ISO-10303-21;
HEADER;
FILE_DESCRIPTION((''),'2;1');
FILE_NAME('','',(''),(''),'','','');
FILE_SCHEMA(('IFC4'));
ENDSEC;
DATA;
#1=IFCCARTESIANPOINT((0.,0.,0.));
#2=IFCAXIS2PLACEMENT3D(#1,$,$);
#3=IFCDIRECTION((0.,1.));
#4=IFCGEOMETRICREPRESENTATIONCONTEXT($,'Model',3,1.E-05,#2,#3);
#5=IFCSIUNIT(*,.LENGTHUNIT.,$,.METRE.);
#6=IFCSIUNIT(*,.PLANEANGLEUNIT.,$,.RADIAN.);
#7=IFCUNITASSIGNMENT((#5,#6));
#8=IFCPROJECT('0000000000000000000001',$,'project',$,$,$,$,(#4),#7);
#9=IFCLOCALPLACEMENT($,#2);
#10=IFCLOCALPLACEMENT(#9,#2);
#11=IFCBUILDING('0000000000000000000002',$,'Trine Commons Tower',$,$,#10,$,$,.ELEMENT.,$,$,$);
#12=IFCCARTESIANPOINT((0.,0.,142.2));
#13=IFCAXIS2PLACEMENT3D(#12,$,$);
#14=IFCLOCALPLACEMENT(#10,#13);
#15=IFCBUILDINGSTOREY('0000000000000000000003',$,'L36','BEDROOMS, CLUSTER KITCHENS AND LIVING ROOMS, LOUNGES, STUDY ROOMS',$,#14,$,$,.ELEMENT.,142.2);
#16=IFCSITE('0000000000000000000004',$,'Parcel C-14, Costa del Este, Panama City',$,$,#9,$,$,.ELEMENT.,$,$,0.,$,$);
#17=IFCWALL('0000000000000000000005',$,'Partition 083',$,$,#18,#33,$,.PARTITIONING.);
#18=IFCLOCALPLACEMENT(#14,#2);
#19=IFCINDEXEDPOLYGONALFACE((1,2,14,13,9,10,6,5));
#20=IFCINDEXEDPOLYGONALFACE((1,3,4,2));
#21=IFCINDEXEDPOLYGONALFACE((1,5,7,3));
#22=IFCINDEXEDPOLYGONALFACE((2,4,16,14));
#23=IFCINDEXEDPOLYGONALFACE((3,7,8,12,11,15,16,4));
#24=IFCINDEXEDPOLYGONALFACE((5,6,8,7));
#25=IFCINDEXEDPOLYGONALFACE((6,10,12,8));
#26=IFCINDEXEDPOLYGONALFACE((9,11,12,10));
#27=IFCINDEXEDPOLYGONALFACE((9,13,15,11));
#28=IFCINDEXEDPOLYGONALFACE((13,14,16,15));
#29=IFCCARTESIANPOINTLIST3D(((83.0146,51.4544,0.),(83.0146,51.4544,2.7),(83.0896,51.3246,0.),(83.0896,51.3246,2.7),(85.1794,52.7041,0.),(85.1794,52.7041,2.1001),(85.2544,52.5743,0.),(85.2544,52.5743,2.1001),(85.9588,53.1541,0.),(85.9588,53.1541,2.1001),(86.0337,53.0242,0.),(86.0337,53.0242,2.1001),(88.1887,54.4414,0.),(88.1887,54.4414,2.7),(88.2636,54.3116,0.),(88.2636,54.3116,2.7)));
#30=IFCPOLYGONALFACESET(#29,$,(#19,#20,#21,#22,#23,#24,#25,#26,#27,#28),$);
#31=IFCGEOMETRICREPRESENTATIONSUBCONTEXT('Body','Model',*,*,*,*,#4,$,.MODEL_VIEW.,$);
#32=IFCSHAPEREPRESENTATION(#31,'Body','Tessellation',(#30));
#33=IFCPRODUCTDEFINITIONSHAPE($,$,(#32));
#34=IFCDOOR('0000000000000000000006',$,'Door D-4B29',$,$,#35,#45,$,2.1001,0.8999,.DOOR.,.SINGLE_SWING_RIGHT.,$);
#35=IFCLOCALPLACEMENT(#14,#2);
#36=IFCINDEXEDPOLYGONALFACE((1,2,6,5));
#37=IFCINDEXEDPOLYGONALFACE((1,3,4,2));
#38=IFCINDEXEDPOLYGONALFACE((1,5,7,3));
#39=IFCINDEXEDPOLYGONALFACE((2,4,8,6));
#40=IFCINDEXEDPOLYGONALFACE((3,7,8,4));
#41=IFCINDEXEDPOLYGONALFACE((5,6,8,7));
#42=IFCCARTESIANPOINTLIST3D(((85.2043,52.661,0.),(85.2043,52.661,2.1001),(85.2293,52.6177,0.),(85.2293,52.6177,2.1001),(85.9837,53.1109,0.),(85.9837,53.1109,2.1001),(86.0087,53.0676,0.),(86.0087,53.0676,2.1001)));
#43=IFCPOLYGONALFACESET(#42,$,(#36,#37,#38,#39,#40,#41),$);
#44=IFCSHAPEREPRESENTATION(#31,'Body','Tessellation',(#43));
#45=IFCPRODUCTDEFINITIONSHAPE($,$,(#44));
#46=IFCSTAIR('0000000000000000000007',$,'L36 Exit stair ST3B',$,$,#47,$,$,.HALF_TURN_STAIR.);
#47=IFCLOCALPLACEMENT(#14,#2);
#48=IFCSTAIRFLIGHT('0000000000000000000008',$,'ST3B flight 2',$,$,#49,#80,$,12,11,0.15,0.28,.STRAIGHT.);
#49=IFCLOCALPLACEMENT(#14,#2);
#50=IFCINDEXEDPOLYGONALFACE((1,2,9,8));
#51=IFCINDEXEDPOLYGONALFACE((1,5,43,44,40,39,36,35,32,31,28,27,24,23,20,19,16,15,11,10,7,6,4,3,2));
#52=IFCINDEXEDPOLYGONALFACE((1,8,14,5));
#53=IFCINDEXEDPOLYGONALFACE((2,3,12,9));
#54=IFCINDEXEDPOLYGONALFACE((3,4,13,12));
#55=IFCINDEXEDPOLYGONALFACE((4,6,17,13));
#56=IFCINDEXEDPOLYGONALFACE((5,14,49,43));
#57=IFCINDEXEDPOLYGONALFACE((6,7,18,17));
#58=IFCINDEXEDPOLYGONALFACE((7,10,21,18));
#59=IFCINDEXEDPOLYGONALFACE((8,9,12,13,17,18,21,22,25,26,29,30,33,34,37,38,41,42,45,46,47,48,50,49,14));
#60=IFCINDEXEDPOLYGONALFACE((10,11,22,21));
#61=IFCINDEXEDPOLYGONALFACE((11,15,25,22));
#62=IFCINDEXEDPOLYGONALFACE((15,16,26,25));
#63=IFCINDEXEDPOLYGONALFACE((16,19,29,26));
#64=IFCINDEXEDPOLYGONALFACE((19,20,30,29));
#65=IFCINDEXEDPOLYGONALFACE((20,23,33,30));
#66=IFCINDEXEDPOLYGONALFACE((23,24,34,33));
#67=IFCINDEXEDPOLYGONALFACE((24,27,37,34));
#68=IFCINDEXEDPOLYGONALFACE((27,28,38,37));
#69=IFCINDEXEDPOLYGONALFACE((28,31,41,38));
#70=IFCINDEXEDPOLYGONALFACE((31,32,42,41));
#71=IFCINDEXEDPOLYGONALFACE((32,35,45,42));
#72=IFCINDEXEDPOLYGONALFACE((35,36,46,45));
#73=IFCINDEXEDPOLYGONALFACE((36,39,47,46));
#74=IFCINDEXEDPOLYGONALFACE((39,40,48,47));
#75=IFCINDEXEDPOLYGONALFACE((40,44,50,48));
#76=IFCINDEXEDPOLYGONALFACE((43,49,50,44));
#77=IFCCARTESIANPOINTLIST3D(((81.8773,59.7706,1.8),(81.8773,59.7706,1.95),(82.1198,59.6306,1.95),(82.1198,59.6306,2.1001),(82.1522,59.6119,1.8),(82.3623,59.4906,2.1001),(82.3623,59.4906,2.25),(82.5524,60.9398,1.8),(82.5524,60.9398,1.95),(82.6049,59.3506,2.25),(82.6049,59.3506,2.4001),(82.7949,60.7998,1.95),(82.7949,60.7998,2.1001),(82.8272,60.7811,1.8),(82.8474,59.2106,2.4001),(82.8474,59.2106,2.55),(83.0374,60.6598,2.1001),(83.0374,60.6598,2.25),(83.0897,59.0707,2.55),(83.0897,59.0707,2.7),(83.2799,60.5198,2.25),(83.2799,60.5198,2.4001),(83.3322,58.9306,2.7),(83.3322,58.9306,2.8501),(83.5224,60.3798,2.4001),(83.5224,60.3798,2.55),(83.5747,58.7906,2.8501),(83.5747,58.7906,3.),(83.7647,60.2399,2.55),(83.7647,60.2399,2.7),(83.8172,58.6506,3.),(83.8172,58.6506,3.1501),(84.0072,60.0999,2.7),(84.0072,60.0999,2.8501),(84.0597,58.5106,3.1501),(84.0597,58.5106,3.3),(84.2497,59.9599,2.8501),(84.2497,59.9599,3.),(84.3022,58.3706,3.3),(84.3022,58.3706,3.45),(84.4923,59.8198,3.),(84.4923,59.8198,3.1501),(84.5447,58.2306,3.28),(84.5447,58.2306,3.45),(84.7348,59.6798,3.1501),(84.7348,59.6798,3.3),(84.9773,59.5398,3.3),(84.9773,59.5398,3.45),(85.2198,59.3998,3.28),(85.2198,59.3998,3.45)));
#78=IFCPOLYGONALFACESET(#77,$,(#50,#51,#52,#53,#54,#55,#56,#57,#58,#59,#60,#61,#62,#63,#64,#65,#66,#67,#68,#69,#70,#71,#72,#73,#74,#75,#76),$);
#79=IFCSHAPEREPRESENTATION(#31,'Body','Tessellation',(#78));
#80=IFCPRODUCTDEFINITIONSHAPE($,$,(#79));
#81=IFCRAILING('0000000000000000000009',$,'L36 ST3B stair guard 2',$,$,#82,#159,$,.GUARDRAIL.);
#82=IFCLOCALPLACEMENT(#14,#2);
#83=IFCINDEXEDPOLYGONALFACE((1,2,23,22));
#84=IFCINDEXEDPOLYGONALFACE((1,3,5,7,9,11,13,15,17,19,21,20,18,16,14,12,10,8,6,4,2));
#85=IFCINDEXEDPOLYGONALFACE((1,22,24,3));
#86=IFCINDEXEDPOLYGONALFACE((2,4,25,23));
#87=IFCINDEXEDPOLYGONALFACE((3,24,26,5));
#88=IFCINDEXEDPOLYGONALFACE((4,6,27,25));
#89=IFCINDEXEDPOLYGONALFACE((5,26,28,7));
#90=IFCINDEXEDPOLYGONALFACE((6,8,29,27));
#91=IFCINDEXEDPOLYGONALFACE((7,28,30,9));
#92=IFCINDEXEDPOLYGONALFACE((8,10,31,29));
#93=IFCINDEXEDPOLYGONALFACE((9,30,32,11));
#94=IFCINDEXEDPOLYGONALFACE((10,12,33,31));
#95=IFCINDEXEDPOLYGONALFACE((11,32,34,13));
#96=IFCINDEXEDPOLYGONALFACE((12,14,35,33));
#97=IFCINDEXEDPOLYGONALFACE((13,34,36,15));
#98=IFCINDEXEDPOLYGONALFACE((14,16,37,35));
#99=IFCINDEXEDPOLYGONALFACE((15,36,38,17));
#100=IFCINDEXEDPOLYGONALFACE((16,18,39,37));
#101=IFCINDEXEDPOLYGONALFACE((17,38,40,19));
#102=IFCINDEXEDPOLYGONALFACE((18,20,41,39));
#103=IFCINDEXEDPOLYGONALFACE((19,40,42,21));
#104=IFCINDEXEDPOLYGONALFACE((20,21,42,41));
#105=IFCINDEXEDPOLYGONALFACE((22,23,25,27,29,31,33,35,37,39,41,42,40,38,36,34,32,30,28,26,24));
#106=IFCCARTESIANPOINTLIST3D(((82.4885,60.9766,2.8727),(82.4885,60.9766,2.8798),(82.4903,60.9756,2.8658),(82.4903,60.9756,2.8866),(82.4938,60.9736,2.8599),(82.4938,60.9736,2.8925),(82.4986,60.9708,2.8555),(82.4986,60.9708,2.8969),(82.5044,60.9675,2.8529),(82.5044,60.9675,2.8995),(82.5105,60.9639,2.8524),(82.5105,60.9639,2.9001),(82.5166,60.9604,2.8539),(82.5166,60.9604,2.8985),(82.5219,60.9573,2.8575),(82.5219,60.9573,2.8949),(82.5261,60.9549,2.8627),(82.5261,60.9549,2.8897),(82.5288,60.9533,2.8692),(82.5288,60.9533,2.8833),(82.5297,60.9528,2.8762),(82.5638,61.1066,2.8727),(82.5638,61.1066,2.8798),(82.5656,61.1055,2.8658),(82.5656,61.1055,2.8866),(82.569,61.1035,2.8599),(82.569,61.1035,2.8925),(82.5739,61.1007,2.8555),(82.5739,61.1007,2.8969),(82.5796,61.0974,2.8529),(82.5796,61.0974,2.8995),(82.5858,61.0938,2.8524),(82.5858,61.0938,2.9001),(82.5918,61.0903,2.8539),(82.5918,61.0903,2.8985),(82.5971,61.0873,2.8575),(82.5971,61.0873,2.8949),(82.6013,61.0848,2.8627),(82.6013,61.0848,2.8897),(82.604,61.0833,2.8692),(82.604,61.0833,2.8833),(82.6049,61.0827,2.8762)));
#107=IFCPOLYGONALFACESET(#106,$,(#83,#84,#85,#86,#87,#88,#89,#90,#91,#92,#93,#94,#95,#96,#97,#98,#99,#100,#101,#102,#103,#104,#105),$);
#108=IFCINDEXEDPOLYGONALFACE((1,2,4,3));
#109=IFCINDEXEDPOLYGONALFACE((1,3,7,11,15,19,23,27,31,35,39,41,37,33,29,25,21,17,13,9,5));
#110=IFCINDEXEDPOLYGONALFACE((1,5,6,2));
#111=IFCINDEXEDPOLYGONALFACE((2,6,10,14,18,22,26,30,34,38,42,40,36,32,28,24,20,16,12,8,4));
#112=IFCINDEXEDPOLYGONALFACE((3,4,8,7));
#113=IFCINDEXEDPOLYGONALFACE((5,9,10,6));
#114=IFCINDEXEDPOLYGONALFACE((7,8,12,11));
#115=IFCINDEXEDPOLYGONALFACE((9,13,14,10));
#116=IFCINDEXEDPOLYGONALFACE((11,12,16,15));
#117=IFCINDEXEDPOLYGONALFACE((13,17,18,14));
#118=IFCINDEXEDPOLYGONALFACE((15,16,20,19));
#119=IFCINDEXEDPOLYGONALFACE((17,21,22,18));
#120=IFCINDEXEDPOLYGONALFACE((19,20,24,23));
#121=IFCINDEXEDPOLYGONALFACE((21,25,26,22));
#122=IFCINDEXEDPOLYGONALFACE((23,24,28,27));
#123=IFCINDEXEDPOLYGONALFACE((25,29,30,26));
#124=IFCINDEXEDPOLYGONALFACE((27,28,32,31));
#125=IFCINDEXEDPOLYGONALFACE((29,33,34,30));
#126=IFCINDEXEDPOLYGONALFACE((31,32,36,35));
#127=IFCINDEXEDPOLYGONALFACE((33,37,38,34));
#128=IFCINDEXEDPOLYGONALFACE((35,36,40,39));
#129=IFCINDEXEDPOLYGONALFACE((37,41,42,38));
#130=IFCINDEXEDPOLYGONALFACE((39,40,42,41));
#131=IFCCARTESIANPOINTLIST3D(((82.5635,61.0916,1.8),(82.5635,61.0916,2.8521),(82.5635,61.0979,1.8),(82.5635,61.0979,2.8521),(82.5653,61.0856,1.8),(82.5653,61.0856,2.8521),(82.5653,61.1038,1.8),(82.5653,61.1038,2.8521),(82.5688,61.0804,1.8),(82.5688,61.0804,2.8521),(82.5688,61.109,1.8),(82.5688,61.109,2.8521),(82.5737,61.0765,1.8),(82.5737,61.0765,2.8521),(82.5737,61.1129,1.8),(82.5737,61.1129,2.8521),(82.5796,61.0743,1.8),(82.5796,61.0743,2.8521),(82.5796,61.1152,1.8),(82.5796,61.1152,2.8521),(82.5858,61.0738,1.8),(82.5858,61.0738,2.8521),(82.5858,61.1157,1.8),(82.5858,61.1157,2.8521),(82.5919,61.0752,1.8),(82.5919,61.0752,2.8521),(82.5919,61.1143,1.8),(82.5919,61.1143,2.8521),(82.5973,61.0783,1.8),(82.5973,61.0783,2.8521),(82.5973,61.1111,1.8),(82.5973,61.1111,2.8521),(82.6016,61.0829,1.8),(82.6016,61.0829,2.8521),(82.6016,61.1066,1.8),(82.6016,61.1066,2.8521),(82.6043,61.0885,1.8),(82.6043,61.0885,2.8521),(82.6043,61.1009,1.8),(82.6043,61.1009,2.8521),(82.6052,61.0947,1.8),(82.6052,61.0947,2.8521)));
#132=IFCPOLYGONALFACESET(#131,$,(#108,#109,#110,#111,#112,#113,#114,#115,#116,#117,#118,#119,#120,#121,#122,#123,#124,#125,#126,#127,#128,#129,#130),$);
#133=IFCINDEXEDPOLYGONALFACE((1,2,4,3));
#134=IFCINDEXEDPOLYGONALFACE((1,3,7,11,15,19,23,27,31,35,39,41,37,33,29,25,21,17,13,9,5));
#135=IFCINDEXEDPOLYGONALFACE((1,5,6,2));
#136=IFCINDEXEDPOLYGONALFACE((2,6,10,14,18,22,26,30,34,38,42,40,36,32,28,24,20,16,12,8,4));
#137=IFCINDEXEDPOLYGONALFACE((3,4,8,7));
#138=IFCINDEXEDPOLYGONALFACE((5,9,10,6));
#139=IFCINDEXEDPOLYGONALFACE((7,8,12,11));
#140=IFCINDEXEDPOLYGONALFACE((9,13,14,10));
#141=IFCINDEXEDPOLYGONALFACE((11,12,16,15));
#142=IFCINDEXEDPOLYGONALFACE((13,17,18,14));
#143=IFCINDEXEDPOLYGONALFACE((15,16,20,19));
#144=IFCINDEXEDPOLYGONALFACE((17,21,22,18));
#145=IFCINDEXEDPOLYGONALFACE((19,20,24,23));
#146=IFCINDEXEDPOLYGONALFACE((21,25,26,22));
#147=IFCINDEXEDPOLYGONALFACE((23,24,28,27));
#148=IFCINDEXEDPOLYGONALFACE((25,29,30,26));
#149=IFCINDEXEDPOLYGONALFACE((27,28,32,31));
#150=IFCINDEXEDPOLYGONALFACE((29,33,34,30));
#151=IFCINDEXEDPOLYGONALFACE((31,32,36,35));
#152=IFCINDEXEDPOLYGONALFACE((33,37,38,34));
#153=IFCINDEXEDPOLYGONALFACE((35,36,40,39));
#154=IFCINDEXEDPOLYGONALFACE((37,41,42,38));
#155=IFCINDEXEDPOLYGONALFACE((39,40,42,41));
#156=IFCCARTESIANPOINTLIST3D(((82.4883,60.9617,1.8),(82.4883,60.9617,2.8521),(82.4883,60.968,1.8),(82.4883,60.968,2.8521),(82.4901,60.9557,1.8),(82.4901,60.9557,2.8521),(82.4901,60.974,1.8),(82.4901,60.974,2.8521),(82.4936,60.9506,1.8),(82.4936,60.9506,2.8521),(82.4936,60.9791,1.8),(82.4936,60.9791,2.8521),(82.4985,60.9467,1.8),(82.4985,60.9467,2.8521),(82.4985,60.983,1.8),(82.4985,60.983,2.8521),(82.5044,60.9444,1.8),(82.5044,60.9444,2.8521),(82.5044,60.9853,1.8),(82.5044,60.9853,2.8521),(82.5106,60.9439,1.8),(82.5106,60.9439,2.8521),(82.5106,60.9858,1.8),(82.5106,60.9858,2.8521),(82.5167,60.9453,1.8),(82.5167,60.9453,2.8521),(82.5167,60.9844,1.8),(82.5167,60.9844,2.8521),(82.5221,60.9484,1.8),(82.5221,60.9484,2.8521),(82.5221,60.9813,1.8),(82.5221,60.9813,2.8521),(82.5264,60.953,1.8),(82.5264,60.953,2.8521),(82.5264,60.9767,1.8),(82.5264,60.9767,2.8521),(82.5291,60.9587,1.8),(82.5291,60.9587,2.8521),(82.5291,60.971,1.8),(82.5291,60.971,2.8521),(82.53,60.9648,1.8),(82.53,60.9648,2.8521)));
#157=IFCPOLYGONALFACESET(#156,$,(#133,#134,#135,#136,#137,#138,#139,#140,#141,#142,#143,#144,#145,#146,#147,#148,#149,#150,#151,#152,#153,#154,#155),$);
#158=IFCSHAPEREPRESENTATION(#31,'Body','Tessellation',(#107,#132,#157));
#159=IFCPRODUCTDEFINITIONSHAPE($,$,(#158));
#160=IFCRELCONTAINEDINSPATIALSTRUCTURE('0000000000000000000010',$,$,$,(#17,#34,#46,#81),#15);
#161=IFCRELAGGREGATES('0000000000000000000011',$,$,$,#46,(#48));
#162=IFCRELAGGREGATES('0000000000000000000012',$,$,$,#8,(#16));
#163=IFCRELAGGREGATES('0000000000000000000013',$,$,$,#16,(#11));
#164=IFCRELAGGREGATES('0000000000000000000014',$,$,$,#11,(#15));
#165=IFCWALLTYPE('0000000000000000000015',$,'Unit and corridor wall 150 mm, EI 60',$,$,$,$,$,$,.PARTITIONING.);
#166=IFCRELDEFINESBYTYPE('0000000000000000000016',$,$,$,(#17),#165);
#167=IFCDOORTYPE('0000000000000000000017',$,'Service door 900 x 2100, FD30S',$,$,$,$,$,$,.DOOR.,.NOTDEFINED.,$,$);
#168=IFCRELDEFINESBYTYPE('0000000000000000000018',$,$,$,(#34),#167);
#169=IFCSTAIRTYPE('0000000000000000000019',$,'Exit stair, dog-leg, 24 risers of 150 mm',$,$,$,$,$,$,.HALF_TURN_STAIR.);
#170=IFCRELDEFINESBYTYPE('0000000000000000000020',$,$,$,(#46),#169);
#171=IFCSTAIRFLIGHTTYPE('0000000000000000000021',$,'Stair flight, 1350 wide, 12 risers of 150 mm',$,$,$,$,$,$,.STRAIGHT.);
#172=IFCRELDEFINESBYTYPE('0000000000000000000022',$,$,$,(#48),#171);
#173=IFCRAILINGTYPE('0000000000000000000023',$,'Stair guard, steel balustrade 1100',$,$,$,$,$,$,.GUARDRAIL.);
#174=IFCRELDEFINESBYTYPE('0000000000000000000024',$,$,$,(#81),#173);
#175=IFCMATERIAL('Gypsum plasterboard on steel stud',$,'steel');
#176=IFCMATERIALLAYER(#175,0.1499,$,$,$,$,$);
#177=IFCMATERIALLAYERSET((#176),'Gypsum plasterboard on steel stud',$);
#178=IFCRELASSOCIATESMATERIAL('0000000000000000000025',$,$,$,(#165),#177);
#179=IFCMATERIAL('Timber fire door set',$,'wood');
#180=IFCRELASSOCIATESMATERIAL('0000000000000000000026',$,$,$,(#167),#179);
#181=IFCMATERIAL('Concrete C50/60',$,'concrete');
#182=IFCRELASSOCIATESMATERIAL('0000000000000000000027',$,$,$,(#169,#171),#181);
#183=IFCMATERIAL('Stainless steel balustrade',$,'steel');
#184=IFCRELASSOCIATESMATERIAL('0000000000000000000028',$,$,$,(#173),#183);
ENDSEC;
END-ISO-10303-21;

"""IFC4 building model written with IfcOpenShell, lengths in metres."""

from ifc_helpers import new_model, si_unit, direction, frame, frame_2d, origin, origin_2d, place, context, subcontext, project, spatial, polyline, rectangle, circle, outline, extrude, material, layer, layer_set, type_object, element, fill, aggregate, save


model = new_model("IFC4")

# Units and contexts
model_context = context("Model", 3, precision=1e-05, world=origin(), true_north=direction((0.0, 1.0)))
body_context = subcontext(model_context, "Body", "Model", "MODEL_VIEW")
ifc_project = project(units=[si_unit("LENGTHUNIT", "METRE"), si_unit("PLANEANGLEUNIT", "RADIAN")], contexts=[model_context])

# Site, building, storey
site_placement = place(None, origin())
site = spatial("IfcSite", under=ifc_project, at=site_placement, Name="Parcel C-14, Costa del Este, Panama City", CompositionType="ELEMENT", RefElevation=0.0)
building_placement = place(site_placement, origin())
building = spatial("IfcBuilding", under=site, at=building_placement, Name="Trine Commons Tower", CompositionType="ELEMENT")
storey_placement = place(building_placement, frame((0.0, 0.0, 142.2)))
storey = spatial("IfcBuildingStorey", under=building, at=storey_placement, Name="L36", Description="BEDROOMS, CLUSTER KITCHENS AND LIVING ROOMS, LOUNGES, STUDY ROOMS", CompositionType="ELEMENT", Elevation=142.2)

# Shared definitions
ifc_material_1 = material(Name="Concrete C50/60", Category="concrete")

# Shared definitions
ifc_material_2 = material(Name="Gypsum plasterboard on steel stud", Category="steel")
ifc_layer_1 = layer(ifc_material_2, 0.1499)
ifc_layer_set_1 = layer_set([ifc_layer_1], Name="Gypsum plasterboard on steel stud")
wall_type_1 = type_object("IfcWallType", Name="Unit and corridor wall 150 mm, EI 60", PredefinedType="PARTITIONING", material=ifc_layer_set_1)

# Wall, opening, door
wall_1_placement = place(storey_placement, frame((83.052, 51.3894, 0.0), z_axis=(0.0, 0.0, 1.0), x_axis=(0.866039, 0.499976, 0.0)))
wall_1 = element("IfcWall", 1, at=wall_1_placement, inside=storey, type_object=wall_type_1, Name="Partition 083", PredefinedType="PARTITIONING", context=body_context, shape_type="SweptSolid", body=[
    extrude(rectangle(XDim=5.9744, YDim=0.1499, at=frame_2d((2.9873, 0.0))), origin(), (0.0, 0.0, 1.0), 2.7),
])
opening_1_placement = place(wall_1_placement, frame((2.4998, 0.0, 0.0)))
opening_1 = element("IfcOpeningElement", 2, at=opening_1_placement, cuts=wall_1, PredefinedType="OPENING", context=body_context, shape_type="SweptSolid", body=[
    extrude(rectangle(XDim=0.8999, YDim=2.1001, at=frame_2d((0.45, 1.05))), frame((0.0, 0.085, 0.0), z_axis=(0.0, -1.0, 0.0), x_axis=(1.0, 0.0, 0.0)), (0.0, 0.0, 1.0), 0.1699),
])
ifc_material_3 = material(Name="Timber fire door set", Category="wood")
door_type_1 = type_object("IfcDoorType", Name="Service door 900 x 2100, FD30S", OperationType="NOTDEFINED", PredefinedType="DOOR", material=ifc_material_3)
door_1_placement = place(opening_1_placement, frame((0.8999, 0.0, 0.0), z_axis=(0.0, 0.0, 1.0), x_axis=(-1.0, 0.0, 0.0)))
door_1 = element("IfcDoor", 3, at=door_1_placement, inside=storey, type_object=door_type_1, Name="Door D-4B29", OperationType="SINGLE_SWING_RIGHT", OverallHeight=2.1001, OverallWidth=0.8999, PredefinedType="DOOR", context=body_context, shape_type="SweptSolid", body=[
    extrude(rectangle(XDim=0.8999, YDim=2.1001, at=frame_2d((0.45, 1.05))), frame((0.0, 0.0249, 0.0), z_axis=(0.0, -1.0, 0.0), x_axis=(1.0, 0.0, 0.0)), (0.0, 0.0, 1.0), 0.05),
])
fill(opening_1, door_1)

# Stair, stair flight
stair_type = type_object("IfcStairType", Name="Exit stair, dog-leg, 24 risers of 150 mm", PredefinedType="HALF_TURN_STAIR", material=ifc_material_1)
stair_placement = place(storey_placement, origin())
stair = element("IfcStair", 4, at=stair_placement, inside=storey, type_object=stair_type, Name="L36 Exit stair ST3B", PredefinedType="HALF_TURN_STAIR")
stair_flight_type = type_object("IfcStairFlightType", Name="Stair flight, 1350 wide, 12 risers of 150 mm", PredefinedType="STRAIGHT", material=ifc_material_1)
stair_flight_placement = place(storey_placement, frame((82.2148, 60.3552, 1.8), z_axis=(0.0, 0.0, 1.0), x_axis=(0.866025, -0.5, 0.0)))
stair_flight = element("IfcStairFlight", 5, at=stair_flight_placement, type_object=stair_flight_type, Name="ST3B flight 2", NumberOfRisers=12, NumberOfTreads=11, PredefinedType="STRAIGHT", RiserHeight=0.15, TreadLength=0.28, context=body_context, shape_type="SweptSolid", body=[
    extrude(outline(polyline([(0.0, 0.0), (0.0, 0.1499), (0.28, 0.1499), (0.28, 0.3), (0.5601, 0.3), (0.5601, 0.45), (0.8401, 0.45), (0.8401, 0.6001), (1.1201, 0.6001), (1.1201, 0.75), (1.3999, 0.75), (1.3999, 0.8999), (1.6799, 0.8999), (1.6799, 1.05), (1.96, 1.05), (1.96, 1.2), (2.24, 1.2), (2.24, 1.3501), (2.52, 1.3501), (2.52, 1.5), (2.8, 1.5), (2.8, 1.6499), (3.0801, 1.6499), (3.0801, 1.8), (3.0801, 1.48), (0.3174, 0.0), (0.0, 0.0)])), frame((0.0, 0.675, 0.0), z_axis=(0.0, -1.0, 0.0), x_axis=(1.0, 0.0, 0.0)), (0.0, 0.0, 1.0), 1.3501),
])
aggregate(stair, [stair_flight])

# Railing
ifc_material_4 = material(Name="Stainless steel balustrade", Category="steel")
railing_type_1 = type_object("IfcRailingType", Name="Stair guard, steel balustrade 1100", PredefinedType="GUARDRAIL", material=ifc_material_4)
railing_1_placement = place(storey_placement, frame((82.5842, 61.0947, 1.8)))
element("IfcRailing", 6, at=railing_1_placement, inside=storey, type_object=railing_type_1, Name="L36 ST3B stair guard 2", PredefinedType="GUARDRAIL", context=body_context, shape_type="SweptSolid", body=[
    extrude(circle(Radius=0.0239, at=origin_2d()), frame((0.0, 0.0, 1.0762), z_axis=(-0.501036, -0.865426, 0.0), x_axis=(0.865426, -0.501036, 0.0)), (0.0, 0.0, 1.0), 0.1501),
    extrude(circle(Radius=0.021, at=origin_2d()), origin(), (0.0, 0.0, 1.0), 1.052),
    extrude(circle(Radius=0.021, at=origin_2d()), frame((-0.0752, -0.1299, 0.0)), (0.0, 0.0, 1.0), 1.052),
])

save(model, "model.ifc")
